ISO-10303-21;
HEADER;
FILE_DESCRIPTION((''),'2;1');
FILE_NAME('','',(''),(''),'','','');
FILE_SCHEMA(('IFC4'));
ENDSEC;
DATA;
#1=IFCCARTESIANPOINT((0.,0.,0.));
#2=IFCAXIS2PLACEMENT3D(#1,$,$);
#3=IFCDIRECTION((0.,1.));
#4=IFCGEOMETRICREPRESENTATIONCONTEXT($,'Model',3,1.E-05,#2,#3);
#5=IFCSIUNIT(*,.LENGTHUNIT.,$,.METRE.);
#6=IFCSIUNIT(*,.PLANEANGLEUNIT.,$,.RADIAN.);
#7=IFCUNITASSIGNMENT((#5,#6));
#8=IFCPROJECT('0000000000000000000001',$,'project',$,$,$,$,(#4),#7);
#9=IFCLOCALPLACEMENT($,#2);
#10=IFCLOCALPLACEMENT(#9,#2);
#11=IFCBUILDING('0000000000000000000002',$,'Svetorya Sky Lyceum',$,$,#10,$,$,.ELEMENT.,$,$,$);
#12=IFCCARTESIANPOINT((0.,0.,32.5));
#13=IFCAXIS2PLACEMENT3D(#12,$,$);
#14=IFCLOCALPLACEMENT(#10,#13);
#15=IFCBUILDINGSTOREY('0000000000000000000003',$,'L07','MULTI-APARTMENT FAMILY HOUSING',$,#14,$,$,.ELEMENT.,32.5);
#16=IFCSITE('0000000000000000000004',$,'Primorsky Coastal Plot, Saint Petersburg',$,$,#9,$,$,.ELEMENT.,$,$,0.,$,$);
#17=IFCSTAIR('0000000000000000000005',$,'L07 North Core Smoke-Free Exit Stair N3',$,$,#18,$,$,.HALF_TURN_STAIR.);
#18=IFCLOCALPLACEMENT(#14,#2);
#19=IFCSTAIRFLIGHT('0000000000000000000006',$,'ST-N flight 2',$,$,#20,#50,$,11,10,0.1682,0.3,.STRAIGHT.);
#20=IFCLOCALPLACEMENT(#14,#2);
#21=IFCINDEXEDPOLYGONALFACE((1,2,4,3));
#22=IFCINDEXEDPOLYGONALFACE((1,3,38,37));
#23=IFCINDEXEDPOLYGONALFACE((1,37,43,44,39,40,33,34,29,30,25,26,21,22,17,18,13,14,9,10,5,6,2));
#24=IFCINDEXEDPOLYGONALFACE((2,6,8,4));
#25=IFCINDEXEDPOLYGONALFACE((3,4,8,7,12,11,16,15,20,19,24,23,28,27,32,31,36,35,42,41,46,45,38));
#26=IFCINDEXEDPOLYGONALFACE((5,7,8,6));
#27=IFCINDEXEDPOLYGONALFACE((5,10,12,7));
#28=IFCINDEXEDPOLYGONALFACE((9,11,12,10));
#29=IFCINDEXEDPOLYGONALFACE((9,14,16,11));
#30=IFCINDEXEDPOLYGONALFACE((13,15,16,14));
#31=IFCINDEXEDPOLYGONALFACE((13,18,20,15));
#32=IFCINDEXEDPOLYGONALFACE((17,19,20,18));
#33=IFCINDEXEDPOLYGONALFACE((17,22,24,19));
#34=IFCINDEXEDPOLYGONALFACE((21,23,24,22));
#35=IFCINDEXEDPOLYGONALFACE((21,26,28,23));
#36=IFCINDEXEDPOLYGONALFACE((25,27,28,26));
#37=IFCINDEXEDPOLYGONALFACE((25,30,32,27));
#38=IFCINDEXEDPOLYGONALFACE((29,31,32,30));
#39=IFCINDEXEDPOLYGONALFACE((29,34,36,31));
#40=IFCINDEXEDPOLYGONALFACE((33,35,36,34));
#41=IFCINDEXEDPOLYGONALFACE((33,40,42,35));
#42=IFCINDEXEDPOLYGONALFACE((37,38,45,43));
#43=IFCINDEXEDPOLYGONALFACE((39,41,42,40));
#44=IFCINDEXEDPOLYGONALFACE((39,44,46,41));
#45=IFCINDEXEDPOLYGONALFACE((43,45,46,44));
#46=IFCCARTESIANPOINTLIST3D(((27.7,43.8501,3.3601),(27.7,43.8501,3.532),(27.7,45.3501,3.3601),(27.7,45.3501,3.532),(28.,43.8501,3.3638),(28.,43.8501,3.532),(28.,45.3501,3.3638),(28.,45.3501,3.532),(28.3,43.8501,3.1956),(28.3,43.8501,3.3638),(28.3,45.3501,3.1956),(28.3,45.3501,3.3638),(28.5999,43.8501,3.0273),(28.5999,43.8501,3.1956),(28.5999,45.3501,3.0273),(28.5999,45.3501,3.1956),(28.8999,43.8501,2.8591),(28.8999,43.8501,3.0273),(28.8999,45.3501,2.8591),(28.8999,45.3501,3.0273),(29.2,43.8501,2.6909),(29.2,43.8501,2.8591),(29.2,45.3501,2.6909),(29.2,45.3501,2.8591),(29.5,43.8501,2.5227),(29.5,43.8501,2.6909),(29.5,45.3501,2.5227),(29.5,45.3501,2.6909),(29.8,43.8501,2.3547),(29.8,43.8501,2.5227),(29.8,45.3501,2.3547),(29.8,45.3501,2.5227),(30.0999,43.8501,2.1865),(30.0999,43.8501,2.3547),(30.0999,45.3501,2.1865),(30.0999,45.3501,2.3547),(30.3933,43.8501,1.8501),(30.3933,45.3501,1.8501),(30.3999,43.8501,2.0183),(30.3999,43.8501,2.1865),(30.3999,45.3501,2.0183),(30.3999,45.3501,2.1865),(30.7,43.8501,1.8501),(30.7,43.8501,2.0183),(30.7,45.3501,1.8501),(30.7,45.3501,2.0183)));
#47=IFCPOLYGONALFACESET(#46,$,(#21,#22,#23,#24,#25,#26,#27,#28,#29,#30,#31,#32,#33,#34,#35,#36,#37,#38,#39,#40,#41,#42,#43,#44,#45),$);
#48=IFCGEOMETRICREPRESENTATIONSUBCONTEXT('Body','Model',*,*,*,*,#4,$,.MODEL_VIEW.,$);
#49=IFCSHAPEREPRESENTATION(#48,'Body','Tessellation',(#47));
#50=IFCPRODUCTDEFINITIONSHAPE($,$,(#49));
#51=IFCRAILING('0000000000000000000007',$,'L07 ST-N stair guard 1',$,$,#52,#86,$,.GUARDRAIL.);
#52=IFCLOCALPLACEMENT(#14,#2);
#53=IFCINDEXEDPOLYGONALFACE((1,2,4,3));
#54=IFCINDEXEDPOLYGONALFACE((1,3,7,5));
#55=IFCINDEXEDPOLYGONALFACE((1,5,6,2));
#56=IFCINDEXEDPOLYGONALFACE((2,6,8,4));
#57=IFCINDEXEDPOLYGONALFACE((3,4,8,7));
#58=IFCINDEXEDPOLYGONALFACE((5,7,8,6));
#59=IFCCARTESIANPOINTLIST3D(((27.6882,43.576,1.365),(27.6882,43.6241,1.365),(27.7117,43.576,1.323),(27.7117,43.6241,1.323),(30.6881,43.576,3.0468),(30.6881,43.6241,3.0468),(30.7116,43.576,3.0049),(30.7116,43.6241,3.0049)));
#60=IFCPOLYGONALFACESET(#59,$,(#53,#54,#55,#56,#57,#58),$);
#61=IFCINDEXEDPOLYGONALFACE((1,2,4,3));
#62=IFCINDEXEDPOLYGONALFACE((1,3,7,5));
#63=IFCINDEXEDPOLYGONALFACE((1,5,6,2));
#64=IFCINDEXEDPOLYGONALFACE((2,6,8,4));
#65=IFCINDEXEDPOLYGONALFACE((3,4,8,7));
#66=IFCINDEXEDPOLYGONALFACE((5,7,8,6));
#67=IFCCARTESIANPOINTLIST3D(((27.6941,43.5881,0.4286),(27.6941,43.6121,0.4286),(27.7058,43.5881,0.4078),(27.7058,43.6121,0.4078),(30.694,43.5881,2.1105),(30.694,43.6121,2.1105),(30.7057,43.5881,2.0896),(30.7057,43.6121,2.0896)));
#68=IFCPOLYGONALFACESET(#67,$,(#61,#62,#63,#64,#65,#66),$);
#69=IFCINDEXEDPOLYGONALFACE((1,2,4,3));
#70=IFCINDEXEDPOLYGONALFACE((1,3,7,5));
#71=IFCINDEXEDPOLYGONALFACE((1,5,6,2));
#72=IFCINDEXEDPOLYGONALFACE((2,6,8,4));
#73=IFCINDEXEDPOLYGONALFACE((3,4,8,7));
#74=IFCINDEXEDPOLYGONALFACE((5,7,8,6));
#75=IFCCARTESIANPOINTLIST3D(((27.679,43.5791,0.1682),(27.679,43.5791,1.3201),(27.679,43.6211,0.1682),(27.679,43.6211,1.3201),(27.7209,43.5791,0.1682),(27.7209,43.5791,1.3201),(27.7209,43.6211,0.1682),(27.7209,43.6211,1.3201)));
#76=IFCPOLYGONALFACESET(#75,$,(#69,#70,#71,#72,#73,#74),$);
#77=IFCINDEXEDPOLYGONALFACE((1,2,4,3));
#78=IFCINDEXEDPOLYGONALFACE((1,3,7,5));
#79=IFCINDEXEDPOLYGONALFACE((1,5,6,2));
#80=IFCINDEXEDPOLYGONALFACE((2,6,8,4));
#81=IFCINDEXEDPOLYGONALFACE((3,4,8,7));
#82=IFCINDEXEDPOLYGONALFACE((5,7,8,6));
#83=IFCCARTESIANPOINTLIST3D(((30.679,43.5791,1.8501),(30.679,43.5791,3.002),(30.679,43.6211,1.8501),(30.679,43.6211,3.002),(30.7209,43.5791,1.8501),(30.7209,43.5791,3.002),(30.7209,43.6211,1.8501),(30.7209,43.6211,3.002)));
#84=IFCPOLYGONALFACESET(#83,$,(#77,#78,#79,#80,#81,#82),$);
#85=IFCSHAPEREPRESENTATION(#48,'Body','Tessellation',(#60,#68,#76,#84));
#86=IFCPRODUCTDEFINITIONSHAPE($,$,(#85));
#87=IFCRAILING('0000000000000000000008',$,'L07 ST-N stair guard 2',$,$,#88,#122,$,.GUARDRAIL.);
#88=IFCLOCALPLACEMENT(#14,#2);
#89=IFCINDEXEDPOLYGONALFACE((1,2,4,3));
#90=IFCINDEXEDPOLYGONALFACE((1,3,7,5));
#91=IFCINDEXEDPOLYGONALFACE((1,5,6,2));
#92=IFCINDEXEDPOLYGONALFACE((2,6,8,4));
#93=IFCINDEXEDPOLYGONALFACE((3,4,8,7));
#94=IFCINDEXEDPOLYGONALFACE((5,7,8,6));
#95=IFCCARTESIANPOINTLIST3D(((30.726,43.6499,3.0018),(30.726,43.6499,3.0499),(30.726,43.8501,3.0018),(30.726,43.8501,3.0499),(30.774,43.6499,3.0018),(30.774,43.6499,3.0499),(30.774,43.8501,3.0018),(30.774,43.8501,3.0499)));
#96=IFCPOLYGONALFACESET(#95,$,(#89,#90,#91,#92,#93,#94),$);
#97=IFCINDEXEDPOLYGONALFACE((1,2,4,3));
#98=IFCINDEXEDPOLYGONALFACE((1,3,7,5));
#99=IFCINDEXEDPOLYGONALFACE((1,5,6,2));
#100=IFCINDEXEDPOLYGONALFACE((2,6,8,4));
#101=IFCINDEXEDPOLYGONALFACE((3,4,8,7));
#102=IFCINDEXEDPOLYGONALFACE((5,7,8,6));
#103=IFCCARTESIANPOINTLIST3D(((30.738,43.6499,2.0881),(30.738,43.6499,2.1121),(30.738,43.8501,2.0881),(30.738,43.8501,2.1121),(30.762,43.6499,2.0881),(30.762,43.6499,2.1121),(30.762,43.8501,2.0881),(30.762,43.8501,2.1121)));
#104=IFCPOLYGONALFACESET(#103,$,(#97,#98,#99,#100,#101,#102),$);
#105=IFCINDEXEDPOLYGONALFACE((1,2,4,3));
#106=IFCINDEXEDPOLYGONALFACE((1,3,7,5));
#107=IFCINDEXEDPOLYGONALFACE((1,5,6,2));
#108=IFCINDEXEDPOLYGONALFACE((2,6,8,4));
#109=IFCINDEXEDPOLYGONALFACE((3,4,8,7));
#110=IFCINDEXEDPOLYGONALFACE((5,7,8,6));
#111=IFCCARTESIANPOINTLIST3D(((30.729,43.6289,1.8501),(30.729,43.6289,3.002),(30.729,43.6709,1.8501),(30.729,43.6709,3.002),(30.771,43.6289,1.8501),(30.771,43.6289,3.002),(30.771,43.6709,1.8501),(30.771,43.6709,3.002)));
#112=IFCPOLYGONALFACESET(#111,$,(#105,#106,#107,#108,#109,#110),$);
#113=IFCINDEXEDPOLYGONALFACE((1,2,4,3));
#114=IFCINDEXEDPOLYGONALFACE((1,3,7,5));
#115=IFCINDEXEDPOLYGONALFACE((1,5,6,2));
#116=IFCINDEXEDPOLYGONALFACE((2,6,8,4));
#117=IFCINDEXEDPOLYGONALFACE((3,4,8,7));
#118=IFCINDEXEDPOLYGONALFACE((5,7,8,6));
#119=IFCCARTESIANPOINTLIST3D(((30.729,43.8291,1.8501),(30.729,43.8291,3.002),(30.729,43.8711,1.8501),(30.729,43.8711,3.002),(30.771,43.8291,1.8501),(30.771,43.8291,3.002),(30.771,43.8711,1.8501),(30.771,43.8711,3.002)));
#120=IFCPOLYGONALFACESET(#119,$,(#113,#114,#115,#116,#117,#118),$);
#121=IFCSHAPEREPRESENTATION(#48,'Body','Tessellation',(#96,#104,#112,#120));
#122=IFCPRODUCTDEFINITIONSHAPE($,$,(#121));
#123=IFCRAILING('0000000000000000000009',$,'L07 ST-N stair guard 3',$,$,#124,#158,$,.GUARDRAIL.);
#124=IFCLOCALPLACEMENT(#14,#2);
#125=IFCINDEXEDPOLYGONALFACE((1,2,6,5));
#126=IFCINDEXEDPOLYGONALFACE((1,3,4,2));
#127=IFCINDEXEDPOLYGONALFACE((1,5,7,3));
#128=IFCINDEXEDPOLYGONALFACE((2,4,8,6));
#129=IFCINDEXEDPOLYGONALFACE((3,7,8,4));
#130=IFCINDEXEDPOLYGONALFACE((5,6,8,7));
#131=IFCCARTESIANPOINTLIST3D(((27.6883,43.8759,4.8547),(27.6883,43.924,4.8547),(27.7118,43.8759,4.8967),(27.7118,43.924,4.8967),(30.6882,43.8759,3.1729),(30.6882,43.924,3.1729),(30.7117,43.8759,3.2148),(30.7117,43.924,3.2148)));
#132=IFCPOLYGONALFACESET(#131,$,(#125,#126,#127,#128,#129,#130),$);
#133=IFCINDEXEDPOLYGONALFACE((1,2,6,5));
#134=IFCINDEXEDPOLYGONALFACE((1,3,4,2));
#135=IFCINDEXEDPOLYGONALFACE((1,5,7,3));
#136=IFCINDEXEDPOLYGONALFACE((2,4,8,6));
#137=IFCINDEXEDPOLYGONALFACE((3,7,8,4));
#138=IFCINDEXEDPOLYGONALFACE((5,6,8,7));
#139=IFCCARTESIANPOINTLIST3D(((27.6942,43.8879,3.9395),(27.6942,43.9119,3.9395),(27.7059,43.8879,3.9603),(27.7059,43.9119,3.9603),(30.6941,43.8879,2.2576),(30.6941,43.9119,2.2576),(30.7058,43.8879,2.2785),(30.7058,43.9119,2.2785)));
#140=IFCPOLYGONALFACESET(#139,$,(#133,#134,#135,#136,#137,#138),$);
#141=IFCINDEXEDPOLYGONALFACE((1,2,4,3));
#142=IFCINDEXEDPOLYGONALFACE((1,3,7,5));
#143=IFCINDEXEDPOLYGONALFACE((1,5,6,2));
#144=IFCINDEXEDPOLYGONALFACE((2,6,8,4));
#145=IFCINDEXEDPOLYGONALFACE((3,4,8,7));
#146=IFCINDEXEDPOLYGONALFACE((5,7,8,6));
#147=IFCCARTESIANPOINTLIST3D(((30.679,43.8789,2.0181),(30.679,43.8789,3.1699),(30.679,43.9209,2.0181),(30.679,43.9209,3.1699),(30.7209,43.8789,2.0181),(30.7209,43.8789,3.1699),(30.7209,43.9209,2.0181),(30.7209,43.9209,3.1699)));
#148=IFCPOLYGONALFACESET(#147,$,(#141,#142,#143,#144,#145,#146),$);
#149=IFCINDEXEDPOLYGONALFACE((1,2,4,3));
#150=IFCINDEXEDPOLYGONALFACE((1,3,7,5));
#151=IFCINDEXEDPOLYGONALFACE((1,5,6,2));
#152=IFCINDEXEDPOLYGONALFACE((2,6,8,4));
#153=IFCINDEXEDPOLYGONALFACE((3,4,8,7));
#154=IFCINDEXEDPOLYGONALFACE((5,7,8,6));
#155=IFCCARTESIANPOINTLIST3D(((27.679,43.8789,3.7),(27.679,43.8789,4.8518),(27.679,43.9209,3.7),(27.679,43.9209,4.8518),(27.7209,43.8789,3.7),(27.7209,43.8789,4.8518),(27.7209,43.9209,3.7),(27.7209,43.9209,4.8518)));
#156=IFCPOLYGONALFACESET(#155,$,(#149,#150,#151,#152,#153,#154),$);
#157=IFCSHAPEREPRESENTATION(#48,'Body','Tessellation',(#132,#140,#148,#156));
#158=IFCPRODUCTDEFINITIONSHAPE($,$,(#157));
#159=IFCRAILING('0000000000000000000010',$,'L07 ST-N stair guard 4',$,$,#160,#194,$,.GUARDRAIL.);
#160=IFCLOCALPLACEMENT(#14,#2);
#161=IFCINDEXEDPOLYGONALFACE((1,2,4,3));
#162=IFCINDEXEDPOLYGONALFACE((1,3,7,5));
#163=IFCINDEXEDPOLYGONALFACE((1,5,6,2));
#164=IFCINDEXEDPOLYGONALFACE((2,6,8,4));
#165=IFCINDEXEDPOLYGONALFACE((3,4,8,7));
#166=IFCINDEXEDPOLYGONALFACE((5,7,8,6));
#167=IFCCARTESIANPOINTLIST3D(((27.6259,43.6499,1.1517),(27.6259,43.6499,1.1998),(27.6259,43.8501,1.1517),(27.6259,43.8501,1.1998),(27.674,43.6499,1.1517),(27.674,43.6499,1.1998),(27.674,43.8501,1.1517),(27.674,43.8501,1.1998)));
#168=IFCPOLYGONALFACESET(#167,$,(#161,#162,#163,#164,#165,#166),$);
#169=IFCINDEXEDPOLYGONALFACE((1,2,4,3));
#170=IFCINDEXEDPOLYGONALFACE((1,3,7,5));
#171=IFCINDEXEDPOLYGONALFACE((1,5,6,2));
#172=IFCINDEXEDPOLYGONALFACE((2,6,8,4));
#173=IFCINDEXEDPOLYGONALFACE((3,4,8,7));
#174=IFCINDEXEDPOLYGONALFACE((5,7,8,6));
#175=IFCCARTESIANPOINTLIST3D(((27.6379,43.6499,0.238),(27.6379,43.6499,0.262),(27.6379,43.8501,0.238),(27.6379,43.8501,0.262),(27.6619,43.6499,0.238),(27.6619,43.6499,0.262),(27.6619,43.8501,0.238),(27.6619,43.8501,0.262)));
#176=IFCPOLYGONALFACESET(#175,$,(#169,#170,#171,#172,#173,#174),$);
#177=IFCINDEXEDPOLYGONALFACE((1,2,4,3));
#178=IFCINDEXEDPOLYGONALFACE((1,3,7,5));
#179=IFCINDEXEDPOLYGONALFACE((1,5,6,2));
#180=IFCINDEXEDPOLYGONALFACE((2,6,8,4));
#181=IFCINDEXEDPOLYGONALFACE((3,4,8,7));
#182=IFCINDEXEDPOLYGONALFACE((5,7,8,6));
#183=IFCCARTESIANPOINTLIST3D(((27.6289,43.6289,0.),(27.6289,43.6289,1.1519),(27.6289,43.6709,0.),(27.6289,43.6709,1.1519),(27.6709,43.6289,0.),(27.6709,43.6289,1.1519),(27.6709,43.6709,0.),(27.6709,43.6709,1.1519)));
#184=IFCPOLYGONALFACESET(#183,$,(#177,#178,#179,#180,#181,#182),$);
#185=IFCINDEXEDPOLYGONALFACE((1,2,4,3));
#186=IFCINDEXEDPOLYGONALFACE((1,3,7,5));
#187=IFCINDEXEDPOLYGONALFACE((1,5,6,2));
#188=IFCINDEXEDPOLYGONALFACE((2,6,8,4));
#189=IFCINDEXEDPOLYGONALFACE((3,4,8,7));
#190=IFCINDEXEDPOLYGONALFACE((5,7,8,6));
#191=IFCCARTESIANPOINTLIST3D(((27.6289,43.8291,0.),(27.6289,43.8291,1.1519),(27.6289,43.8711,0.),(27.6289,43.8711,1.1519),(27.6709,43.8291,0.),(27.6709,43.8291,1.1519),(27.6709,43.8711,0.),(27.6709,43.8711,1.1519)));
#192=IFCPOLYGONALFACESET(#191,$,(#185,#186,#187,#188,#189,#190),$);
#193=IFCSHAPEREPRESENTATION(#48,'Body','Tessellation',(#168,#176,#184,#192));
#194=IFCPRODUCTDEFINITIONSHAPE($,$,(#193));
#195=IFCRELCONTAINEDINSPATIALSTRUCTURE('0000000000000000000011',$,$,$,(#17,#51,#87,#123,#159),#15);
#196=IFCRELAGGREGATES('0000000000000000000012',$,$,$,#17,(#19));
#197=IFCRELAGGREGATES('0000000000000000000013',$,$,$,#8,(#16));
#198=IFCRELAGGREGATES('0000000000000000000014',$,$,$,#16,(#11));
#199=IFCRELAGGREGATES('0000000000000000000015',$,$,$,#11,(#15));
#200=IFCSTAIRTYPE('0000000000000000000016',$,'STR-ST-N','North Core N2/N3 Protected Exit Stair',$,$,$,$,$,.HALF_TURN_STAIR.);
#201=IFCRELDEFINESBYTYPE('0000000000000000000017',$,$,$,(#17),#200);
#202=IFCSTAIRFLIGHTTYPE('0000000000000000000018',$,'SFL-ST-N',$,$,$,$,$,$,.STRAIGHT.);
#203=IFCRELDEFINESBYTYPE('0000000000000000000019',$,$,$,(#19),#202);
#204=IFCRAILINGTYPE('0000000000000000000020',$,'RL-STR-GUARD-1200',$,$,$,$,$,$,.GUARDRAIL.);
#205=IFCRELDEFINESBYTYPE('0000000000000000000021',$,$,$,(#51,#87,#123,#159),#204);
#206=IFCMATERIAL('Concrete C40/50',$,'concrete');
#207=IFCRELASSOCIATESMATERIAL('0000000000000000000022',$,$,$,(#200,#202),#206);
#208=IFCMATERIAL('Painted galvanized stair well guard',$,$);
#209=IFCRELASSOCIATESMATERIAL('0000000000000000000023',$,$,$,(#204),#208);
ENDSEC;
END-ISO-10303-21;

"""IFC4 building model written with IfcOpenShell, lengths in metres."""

from ifc_helpers import new_model, si_unit, direction, frame, origin, origin_2d, place, context, subcontext, project, spatial, polyline, rectangle, outline, extrude, material, type_object, element, aggregate, save


model = new_model("IFC4")

# Units and contexts
model_context = context("Model", 3, precision=1e-05, world=origin(), true_north=direction((0.0, 1.0)))
body_context = subcontext(model_context, "Body", "Model", "MODEL_VIEW")
ifc_project = project(units=[si_unit("LENGTHUNIT", "METRE"), si_unit("PLANEANGLEUNIT", "RADIAN")], contexts=[model_context])

# Site, building, storey
site_placement = place(None, origin())
site = spatial("IfcSite", under=ifc_project, at=site_placement, Name="Primorsky Coastal Plot, Saint Petersburg", CompositionType="ELEMENT", RefElevation=0.0)
building_placement = place(site_placement, origin())
building = spatial("IfcBuilding", under=site, at=building_placement, Name="Svetorya Sky Lyceum", CompositionType="ELEMENT")
storey_placement = place(building_placement, frame((0.0, 0.0, 32.5)))
storey = spatial("IfcBuildingStorey", under=building, at=storey_placement, Name="L07", Description="MULTI-APARTMENT FAMILY HOUSING", CompositionType="ELEMENT", Elevation=32.5)

# Stair, stair flight
ifc_material_1 = material(Name="Concrete C40/50", Category="concrete")
stair_type = type_object("IfcStairType", Name="STR-ST-N", Description="North Core N2/N3 Protected Exit Stair", PredefinedType="HALF_TURN_STAIR", material=ifc_material_1)
stair_placement = place(storey_placement, origin())
stair = element("IfcStair", 1, at=stair_placement, inside=storey, type_object=stair_type, Name="L07 North Core Smoke-Free Exit Stair N3", PredefinedType="HALF_TURN_STAIR")
stair_flight_type = type_object("IfcStairFlightType", Name="SFL-ST-N", PredefinedType="STRAIGHT", material=ifc_material_1)
stair_flight_1_placement = place(storey_placement, frame((30.7, 44.6001, 1.8501), z_axis=(0.0, 0.0, 1.0), x_axis=(-1.0, 0.0, 0.0)))
stair_flight_1 = element("IfcStairFlight", 2, at=stair_flight_1_placement, type_object=stair_flight_type, Name="ST-N flight 2", NumberOfRisers=11, NumberOfTreads=10, PredefinedType="STRAIGHT", RiserHeight=0.1682, TreadLength=0.3, context=body_context, shape_type="SweptSolid", body=[
    extrude(outline(polyline([(0.0, 0.0), (0.0, 0.1682), (0.3, 0.1682), (0.3, 0.3364), (0.6001, 0.3364), (0.6001, 0.5046), (0.8999, 0.5046), (0.8999, 0.6726), (1.2, 0.6726), (1.2, 0.8408), (1.5, 0.8408), (1.5, 1.009), (1.8, 1.009), (1.8, 1.1772), (2.1001, 1.1772), (2.1001, 1.3455), (2.3999, 1.3455), (2.3999, 1.5137), (2.7, 1.5137), (2.7, 1.6819), (3.0, 1.6819), (3.0, 1.8501), (3.0, 1.51), (0.3066, 0.0), (0.0, 0.0)])), frame((0.0, 0.75, 0.0), z_axis=(0.0, -1.0, 0.0), x_axis=(1.0, 0.0, 0.0)), (0.0, 0.0, 1.0), 1.5),
])
aggregate(stair, [stair_flight_1])

# Railings
ifc_material_2 = material(Name="Painted galvanized stair well guard")
railing_type_1 = type_object("IfcRailingType", Name="RL-STR-GUARD-1200", PredefinedType="GUARDRAIL", material=ifc_material_2)
railing_1_placement = place(storey_placement, frame((27.7, 43.6001, 0.1682)))
element("IfcRailing", 3, at=railing_1_placement, inside=storey, type_object=railing_type_1, Name="L07 ST-N stair guard 1", PredefinedType="GUARDRAIL", context=body_context, shape_type="SweptSolid", body=[
    extrude(rectangle(XDim=0.0481, YDim=0.0481, at=origin_2d()), frame((0.0, 0.0, 1.1758), z_axis=(0.872272, 0.0, 0.48902), x_axis=(0.0, 1.0, 0.0)), (0.0, 0.0, 1.0), 3.4392),
    extrude(rectangle(XDim=0.0239, YDim=0.0239, at=origin_2d()), frame((0.0, 0.0, 0.25), z_axis=(0.872272, 0.0, 0.48902), x_axis=(0.0, 1.0, 0.0)), (0.0, 0.0, 1.0), 3.4392),
    extrude(rectangle(XDim=0.042, YDim=0.042, at=origin_2d()), origin(), (0.0, 0.0, 1.0), 1.1519),
    extrude(rectangle(XDim=0.042, YDim=0.042, at=origin_2d()), frame((3.0, 0.0, 1.6819)), (0.0, 0.0, 1.0), 1.1519),
])
railing_2_placement = place(storey_placement, frame((30.75, 43.6499, 1.8501)))
element("IfcRailing", 4, at=railing_2_placement, inside=storey, type_object=railing_type_1, Name="L07 ST-N stair guard 2", PredefinedType="GUARDRAIL", context=body_context, shape_type="SweptSolid", body=[
    extrude(rectangle(XDim=0.0481, YDim=0.0481, at=origin_2d()), frame((0.0, 0.0, 1.1758), z_axis=(0.0, 1.0, 0.0), x_axis=(-1.0, 0.0, 0.0)), (0.0, 0.0, 1.0), 0.2002),
    extrude(rectangle(XDim=0.0239, YDim=0.0239, at=origin_2d()), frame((0.0, 0.0, 0.25), z_axis=(0.0, 1.0, 0.0), x_axis=(-1.0, 0.0, 0.0)), (0.0, 0.0, 1.0), 0.2002),
    extrude(rectangle(XDim=0.042, YDim=0.042, at=origin_2d()), origin(), (0.0, 0.0, 1.0), 1.1519),
    extrude(rectangle(XDim=0.042, YDim=0.042, at=origin_2d()), frame((0.0, 0.2002, 0.0)), (0.0, 0.0, 1.0), 1.1519),
])
railing_3_placement = place(storey_placement, frame((30.7, 43.8999, 2.0181)))
element("IfcRailing", 5, at=railing_3_placement, inside=storey, type_object=railing_type_1, Name="L07 ST-N stair guard 3", PredefinedType="GUARDRAIL", context=body_context, shape_type="SweptSolid", body=[
    extrude(rectangle(XDim=0.0481, YDim=0.0481, at=origin_2d()), frame((0.0, 0.0, 1.1758), z_axis=(-0.872272, 0.0, 0.48902), x_axis=(0.0, -1.0, 0.0)), (0.0, 0.0, 1.0), 3.4392),
    extrude(rectangle(XDim=0.0239, YDim=0.0239, at=origin_2d()), frame((0.0, 0.0, 0.25), z_axis=(-0.872272, 0.0, 0.48902), x_axis=(0.0, -1.0, 0.0)), (0.0, 0.0, 1.0), 3.4392),
    extrude(rectangle(XDim=0.042, YDim=0.042, at=origin_2d()), origin(), (0.0, 0.0, 1.0), 1.1519),
    extrude(rectangle(XDim=0.042, YDim=0.042, at=origin_2d()), frame((-3.0, 0.0, 1.6819)), (0.0, 0.0, 1.0), 1.1519),
])
railing_4_placement = place(storey_placement, frame((27.6499, 43.6499, 0.0)))
element("IfcRailing", 6, at=railing_4_placement, inside=storey, type_object=railing_type_1, Name="L07 ST-N stair guard 4", PredefinedType="GUARDRAIL", context=body_context, shape_type="SweptSolid", body=[
    extrude(rectangle(XDim=0.0481, YDim=0.0481, at=origin_2d()), frame((0.0, 0.0, 1.1758), z_axis=(0.0, 1.0, 0.0), x_axis=(-1.0, 0.0, 0.0)), (0.0, 0.0, 1.0), 0.2002),
    extrude(rectangle(XDim=0.0239, YDim=0.0239, at=origin_2d()), frame((0.0, 0.0, 0.25), z_axis=(0.0, 1.0, 0.0), x_axis=(-1.0, 0.0, 0.0)), (0.0, 0.0, 1.0), 0.2002),
    extrude(rectangle(XDim=0.042, YDim=0.042, at=origin_2d()), origin(), (0.0, 0.0, 1.0), 1.1519),
    extrude(rectangle(XDim=0.042, YDim=0.042, at=origin_2d()), frame((0.0, 0.2002, 0.0)), (0.0, 0.0, 1.0), 1.1519),
])

save(model, "model.ifc")
